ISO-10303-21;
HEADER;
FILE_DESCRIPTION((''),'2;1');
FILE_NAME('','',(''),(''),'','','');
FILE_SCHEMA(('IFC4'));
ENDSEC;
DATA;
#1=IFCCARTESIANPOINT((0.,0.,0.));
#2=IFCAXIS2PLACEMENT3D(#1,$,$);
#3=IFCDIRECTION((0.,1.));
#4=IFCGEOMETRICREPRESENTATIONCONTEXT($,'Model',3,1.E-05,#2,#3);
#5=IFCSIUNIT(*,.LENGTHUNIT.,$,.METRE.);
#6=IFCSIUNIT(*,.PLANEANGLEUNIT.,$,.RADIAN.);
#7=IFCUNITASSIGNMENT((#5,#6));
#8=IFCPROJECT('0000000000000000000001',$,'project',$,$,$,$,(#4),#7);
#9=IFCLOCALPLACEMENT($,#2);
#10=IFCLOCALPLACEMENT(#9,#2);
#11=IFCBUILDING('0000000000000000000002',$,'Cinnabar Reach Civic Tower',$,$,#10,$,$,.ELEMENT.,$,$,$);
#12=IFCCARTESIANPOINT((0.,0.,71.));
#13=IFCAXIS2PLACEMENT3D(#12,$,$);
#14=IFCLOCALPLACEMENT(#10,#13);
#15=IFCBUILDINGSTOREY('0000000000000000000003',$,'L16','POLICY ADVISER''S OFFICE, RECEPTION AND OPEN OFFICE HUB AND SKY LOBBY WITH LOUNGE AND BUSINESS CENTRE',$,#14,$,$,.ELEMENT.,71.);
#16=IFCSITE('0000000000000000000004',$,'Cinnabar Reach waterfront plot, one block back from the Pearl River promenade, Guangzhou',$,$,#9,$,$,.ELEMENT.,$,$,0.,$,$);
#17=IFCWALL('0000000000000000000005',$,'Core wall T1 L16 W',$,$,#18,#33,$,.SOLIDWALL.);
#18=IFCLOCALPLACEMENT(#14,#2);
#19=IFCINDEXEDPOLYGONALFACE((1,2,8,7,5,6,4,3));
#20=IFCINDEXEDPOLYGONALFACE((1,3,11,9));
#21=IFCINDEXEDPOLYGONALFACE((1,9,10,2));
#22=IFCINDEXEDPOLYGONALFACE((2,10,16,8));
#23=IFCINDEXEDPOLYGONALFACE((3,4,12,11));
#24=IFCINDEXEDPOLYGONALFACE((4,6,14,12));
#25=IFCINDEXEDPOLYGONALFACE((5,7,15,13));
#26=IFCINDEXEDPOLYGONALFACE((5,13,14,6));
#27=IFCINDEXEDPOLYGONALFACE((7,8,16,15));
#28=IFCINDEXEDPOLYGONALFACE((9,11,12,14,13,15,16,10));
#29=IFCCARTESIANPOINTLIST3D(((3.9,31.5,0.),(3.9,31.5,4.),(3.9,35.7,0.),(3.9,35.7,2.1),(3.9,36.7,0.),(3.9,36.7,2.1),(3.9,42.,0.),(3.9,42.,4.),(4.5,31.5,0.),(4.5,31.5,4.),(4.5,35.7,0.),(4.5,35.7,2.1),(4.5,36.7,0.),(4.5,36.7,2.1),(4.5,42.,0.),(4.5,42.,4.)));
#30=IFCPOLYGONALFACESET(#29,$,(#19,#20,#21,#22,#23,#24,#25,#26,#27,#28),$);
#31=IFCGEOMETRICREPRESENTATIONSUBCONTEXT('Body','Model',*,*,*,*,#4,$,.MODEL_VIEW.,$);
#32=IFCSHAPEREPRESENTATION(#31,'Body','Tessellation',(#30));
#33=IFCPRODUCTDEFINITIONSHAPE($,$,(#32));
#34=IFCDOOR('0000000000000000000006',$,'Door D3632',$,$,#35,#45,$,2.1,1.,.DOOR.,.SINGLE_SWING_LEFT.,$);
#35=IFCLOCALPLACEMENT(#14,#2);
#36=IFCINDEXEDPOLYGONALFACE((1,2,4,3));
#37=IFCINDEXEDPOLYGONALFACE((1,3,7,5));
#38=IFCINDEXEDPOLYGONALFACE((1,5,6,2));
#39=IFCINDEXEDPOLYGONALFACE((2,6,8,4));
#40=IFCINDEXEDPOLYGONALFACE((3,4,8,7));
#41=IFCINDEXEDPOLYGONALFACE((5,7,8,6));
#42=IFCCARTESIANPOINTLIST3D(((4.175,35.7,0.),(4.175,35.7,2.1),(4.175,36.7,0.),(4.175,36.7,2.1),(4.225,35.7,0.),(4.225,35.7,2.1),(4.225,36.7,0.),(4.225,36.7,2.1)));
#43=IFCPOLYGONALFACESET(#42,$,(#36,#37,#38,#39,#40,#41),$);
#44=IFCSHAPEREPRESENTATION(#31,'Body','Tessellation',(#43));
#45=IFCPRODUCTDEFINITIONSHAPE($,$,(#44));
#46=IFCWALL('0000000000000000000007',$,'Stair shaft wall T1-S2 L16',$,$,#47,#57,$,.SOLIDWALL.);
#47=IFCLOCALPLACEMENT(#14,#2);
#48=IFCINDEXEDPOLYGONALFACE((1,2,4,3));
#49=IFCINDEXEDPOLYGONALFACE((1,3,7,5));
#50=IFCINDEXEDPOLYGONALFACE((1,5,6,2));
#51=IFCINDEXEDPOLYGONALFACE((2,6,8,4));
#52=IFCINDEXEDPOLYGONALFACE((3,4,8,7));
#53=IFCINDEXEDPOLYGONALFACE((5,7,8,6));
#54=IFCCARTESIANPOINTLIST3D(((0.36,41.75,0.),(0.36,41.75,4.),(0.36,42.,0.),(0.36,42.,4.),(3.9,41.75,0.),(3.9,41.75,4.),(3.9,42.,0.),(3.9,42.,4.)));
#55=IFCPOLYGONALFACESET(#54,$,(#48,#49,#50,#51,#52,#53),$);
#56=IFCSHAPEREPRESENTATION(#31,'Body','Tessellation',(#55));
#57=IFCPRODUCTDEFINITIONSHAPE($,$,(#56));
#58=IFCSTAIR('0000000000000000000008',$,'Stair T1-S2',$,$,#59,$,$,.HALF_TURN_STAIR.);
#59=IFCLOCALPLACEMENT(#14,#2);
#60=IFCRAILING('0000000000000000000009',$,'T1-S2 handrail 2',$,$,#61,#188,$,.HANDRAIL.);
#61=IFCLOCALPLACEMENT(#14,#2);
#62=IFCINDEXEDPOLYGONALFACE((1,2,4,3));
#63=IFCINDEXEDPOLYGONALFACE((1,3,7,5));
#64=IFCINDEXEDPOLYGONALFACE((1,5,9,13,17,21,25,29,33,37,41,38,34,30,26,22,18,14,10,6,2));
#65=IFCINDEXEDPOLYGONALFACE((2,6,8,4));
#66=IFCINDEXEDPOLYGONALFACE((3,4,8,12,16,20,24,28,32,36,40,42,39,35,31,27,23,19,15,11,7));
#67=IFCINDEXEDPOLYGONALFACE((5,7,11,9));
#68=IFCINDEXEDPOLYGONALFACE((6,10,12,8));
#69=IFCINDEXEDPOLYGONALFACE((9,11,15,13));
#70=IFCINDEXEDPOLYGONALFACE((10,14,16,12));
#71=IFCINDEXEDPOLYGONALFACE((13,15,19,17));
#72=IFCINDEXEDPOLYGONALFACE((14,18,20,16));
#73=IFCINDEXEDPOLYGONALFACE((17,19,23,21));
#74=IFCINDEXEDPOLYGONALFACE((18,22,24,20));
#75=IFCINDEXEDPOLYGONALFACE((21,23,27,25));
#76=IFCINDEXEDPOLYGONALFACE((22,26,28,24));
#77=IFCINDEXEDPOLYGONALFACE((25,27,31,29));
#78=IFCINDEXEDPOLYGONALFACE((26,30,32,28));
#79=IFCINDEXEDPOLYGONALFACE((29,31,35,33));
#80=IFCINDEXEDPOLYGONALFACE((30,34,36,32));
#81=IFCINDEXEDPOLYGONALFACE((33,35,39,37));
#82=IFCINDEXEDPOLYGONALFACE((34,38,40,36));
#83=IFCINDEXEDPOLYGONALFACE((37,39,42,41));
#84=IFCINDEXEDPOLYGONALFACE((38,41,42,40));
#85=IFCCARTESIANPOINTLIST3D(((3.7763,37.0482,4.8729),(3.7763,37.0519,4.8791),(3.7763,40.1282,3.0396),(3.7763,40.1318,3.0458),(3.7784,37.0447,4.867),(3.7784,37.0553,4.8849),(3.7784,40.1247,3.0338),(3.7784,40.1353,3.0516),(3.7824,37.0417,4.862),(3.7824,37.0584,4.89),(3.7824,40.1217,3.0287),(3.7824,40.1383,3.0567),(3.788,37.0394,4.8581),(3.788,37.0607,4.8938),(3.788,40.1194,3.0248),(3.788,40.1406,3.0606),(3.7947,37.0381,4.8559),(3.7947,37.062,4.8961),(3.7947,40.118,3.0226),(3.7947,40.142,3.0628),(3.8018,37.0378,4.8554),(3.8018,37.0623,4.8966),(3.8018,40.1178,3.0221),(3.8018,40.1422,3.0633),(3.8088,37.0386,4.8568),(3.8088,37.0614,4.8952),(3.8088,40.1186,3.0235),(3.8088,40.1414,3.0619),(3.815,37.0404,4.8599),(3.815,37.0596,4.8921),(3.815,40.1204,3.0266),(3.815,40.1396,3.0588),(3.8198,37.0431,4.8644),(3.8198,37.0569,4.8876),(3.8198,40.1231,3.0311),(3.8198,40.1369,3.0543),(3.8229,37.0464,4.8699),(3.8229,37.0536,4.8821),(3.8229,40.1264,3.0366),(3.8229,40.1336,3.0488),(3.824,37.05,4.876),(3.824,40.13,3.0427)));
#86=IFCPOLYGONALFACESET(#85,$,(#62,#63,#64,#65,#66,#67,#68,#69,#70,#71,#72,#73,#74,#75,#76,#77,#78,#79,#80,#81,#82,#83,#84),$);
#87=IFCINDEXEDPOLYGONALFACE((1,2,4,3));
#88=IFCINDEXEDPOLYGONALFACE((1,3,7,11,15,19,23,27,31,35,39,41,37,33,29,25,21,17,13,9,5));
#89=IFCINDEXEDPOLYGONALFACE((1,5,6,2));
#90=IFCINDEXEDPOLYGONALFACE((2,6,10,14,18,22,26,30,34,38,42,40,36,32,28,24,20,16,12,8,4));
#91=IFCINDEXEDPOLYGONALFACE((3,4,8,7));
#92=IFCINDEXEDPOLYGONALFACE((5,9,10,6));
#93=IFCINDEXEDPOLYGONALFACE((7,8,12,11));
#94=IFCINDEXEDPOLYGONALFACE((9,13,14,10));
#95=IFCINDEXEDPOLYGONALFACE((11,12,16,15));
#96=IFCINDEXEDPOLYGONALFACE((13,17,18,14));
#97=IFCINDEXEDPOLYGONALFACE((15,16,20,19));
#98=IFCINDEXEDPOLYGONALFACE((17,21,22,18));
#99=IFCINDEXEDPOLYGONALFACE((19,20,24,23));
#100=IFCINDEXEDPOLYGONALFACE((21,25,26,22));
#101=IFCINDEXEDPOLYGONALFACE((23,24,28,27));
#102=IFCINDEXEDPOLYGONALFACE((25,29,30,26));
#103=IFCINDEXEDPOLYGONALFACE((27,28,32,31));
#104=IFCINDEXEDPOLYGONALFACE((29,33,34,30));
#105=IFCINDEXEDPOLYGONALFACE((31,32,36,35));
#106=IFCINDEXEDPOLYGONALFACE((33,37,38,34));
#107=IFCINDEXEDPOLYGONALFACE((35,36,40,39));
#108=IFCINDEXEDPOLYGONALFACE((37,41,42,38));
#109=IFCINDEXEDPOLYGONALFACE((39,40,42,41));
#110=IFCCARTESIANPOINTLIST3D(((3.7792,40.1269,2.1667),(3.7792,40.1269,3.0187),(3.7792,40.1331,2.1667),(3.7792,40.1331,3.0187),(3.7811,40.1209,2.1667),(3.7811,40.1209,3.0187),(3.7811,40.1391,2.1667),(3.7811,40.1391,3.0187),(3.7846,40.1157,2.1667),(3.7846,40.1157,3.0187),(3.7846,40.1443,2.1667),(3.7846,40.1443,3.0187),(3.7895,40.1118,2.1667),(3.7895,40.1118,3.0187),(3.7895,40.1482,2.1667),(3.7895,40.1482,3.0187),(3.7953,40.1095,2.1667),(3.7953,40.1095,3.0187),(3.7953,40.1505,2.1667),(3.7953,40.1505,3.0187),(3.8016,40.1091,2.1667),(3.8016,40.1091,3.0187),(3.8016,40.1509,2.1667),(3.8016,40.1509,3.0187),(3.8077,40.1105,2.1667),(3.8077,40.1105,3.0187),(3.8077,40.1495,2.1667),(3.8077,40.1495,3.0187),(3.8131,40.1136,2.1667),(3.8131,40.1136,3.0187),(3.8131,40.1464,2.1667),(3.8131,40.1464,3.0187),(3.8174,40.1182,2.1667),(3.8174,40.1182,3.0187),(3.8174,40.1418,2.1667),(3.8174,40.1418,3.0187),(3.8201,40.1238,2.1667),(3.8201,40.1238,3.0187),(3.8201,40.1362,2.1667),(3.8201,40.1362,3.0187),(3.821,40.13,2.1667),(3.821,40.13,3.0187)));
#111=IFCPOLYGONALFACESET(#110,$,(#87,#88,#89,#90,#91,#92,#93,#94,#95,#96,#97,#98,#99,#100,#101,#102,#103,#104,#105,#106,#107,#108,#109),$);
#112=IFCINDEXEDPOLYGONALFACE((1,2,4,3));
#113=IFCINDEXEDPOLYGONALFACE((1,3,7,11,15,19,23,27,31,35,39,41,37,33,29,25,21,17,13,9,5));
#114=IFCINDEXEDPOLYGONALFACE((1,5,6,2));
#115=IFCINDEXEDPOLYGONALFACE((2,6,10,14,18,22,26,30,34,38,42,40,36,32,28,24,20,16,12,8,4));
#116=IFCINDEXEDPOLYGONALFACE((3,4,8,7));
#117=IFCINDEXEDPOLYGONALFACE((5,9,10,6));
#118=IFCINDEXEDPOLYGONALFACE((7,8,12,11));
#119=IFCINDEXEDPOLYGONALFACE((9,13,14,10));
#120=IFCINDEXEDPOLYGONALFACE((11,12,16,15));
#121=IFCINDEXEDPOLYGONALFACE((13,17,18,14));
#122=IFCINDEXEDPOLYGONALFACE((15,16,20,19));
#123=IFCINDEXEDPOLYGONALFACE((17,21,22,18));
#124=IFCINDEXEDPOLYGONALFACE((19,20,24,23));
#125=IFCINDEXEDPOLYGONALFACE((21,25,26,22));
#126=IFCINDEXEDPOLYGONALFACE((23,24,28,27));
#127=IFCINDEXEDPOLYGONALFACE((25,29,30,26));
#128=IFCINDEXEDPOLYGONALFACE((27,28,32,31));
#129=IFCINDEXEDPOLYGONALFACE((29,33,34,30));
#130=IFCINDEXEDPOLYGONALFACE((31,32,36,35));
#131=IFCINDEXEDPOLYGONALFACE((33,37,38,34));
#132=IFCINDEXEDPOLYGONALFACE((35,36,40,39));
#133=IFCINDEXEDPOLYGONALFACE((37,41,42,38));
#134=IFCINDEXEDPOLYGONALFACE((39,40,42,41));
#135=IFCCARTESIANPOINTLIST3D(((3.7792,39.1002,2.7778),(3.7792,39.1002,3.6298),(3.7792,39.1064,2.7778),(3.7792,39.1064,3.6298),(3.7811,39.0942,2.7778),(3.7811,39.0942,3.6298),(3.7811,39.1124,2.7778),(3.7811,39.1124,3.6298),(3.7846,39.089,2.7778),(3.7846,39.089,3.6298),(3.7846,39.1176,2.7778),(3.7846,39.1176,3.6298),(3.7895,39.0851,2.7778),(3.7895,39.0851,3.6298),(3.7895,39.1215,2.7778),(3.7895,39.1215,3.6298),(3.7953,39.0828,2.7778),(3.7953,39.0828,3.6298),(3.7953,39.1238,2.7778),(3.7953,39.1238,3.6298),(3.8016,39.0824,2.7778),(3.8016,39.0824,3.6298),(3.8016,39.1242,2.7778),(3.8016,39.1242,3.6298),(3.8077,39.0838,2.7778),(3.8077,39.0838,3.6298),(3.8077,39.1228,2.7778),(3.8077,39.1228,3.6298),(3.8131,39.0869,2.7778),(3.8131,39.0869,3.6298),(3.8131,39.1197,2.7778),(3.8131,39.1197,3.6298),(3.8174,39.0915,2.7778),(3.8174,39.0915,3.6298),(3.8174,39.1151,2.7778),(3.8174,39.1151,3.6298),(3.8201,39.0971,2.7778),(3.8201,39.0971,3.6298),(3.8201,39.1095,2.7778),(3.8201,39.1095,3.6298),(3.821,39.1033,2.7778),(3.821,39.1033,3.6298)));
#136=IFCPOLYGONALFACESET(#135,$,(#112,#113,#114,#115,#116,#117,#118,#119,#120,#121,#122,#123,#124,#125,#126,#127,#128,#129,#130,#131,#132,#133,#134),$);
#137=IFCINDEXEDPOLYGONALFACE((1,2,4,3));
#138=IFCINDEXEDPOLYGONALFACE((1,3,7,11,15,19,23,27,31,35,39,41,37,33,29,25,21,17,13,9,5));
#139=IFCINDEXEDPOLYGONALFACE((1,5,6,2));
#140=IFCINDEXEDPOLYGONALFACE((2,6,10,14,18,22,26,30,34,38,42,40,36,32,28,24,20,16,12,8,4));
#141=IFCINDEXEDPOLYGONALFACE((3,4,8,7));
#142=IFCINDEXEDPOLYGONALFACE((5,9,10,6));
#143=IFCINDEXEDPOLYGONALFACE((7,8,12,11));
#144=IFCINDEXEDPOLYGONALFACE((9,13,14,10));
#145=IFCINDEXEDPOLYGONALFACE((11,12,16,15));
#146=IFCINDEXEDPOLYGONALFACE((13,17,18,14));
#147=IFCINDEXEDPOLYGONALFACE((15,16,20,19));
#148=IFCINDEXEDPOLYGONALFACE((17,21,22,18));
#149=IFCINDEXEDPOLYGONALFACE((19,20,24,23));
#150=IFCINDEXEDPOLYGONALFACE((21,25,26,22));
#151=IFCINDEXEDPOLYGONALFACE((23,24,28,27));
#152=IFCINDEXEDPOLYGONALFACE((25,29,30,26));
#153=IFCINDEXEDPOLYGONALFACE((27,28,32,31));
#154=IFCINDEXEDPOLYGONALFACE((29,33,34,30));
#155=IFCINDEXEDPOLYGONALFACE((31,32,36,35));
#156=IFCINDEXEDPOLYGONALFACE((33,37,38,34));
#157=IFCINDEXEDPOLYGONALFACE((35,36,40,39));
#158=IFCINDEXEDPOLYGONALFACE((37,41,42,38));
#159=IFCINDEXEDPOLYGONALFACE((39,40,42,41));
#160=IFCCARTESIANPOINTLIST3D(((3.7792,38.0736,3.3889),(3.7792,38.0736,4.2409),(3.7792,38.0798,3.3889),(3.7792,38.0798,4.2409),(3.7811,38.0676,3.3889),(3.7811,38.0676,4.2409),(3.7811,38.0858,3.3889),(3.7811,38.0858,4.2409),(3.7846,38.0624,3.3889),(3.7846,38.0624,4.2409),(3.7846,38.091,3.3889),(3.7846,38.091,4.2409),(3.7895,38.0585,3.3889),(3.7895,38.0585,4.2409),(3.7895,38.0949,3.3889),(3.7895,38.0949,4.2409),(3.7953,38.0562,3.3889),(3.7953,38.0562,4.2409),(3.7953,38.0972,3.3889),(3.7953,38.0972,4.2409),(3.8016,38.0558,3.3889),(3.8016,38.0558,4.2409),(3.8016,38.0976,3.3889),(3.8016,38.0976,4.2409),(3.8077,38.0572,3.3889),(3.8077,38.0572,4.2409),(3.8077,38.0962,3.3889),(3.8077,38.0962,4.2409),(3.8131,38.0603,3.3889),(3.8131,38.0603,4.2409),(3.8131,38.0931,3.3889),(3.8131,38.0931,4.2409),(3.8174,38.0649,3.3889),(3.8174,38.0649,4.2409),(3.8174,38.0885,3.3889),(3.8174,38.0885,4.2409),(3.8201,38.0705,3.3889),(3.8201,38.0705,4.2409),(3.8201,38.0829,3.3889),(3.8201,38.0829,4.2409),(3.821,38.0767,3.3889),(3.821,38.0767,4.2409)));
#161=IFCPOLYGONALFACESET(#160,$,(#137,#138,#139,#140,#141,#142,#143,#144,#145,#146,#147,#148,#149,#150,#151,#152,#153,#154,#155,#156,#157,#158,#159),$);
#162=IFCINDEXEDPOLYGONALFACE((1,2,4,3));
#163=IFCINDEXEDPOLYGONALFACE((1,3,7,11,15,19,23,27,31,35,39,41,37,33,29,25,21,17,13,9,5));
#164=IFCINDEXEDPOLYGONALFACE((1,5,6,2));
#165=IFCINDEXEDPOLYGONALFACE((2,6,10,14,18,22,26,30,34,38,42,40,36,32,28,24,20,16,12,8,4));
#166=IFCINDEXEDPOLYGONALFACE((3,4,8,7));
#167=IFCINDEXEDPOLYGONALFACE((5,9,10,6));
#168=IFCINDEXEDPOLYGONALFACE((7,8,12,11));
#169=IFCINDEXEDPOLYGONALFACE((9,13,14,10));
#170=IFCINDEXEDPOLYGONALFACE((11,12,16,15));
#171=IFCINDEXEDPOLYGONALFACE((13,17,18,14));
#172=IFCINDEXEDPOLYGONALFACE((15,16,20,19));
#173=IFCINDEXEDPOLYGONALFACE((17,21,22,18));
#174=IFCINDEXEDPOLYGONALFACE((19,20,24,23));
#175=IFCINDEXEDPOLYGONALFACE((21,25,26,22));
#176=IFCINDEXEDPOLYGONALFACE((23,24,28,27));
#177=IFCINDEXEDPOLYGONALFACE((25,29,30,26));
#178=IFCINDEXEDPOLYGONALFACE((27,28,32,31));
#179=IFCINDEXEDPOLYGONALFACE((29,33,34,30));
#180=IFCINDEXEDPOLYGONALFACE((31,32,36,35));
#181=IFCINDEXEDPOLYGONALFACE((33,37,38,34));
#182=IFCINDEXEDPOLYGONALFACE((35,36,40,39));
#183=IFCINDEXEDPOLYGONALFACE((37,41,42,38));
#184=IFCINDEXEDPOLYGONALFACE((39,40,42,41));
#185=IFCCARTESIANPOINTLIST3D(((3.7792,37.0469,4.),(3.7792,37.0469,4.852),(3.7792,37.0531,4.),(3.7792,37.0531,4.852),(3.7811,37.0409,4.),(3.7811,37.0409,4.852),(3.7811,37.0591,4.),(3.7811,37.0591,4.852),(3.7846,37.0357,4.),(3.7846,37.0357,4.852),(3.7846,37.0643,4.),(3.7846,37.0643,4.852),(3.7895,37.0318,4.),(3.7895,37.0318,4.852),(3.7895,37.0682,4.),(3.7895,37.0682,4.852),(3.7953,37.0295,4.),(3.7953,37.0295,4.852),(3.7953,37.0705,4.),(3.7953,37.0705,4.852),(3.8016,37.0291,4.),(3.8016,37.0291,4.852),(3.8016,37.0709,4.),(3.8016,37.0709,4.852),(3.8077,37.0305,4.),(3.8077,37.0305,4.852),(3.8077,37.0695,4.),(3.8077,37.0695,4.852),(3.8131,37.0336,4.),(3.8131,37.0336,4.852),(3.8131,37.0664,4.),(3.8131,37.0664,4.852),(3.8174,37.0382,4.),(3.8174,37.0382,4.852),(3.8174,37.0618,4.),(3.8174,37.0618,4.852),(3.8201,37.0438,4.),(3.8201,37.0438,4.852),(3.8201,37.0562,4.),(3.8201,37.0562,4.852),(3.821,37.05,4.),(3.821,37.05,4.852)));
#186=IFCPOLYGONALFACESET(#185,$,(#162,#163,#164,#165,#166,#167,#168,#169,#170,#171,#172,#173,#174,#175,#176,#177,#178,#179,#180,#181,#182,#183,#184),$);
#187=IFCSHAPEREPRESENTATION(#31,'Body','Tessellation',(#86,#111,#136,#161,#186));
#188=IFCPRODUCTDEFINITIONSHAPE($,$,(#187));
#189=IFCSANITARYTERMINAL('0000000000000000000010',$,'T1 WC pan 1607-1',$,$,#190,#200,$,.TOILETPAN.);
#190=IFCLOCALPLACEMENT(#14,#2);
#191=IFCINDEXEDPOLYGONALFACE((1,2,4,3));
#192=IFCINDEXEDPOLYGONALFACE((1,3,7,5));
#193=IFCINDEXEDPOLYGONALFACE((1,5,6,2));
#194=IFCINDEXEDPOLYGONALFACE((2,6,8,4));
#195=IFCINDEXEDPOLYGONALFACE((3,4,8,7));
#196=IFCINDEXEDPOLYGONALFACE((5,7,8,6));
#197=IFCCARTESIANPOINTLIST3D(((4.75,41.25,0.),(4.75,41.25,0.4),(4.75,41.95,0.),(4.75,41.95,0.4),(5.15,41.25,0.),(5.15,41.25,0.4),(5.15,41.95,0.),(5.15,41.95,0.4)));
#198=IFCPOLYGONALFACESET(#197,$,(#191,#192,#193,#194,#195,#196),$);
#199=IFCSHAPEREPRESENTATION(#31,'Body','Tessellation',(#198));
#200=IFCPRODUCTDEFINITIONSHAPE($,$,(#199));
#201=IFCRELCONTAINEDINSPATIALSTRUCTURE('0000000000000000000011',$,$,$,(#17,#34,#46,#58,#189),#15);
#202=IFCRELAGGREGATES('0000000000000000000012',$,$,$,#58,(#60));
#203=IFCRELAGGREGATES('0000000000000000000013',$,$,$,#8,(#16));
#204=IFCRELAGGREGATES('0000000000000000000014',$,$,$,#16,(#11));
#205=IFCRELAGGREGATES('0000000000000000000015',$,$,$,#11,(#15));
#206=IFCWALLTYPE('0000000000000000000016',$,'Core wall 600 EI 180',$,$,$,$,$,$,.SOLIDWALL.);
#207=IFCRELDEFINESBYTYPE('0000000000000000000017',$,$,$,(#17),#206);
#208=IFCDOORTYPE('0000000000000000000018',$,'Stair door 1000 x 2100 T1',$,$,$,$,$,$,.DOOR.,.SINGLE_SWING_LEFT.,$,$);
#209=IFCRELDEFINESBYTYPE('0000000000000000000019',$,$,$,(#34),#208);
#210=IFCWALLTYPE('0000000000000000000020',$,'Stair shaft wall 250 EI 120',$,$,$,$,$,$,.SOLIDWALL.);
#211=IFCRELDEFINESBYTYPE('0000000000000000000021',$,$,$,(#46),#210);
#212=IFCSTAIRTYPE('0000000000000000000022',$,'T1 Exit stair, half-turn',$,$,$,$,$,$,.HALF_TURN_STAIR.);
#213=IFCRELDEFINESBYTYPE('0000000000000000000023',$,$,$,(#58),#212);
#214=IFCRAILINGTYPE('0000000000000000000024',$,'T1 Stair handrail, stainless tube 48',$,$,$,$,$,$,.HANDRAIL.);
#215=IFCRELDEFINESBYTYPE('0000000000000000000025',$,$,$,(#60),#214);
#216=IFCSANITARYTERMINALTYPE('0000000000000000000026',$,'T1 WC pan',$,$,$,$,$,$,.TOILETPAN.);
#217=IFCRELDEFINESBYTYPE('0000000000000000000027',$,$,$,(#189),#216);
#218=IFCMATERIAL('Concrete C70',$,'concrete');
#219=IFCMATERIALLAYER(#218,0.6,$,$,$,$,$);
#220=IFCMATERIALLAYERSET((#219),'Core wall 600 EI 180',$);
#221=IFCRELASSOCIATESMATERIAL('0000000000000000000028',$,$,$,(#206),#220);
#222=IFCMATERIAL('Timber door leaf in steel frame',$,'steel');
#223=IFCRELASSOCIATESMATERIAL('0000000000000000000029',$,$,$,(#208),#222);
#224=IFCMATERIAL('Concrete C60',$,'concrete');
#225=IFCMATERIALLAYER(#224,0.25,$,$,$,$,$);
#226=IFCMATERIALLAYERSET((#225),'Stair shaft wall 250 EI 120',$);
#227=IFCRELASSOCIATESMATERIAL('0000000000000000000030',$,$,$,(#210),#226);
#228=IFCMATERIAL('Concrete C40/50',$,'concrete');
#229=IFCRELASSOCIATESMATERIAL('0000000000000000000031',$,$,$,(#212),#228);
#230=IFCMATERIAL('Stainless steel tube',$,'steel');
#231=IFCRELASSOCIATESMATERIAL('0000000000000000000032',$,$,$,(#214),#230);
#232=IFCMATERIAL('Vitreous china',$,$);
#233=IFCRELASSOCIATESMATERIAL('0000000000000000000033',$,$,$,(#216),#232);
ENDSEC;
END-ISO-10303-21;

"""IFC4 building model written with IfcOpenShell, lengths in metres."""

from ifc_helpers import new_model, si_unit, direction, frame, frame_2d, origin, origin_2d, place, context, subcontext, project, spatial, rectangle, circle, extrude, material, layer, layer_set, type_object, element, fill, aggregate, save


model = new_model("IFC4")

# Units and contexts
model_context = context("Model", 3, precision=1e-05, world=origin(), true_north=direction((0.0, 1.0)))
body_context = subcontext(model_context, "Body", "Model", "MODEL_VIEW")
ifc_project = project(units=[si_unit("LENGTHUNIT", "METRE"), si_unit("PLANEANGLEUNIT", "RADIAN")], contexts=[model_context])

# Site, building, storey
site_placement = place(None, origin())
site = spatial("IfcSite", under=ifc_project, at=site_placement, Name="Cinnabar Reach waterfront plot, one block back from the Pearl River promenade, Guangzhou", CompositionType="ELEMENT", RefElevation=0.0)
building_placement = place(site_placement, origin())
building = spatial("IfcBuilding", under=site, at=building_placement, Name="Cinnabar Reach Civic Tower", CompositionType="ELEMENT")
storey_placement = place(building_placement, frame((0.0, 0.0, 71.0)))
storey = spatial("IfcBuildingStorey", under=building, at=storey_placement, Name="L16", Description="POLICY ADVISER'S OFFICE, RECEPTION AND OPEN OFFICE HUB AND SKY LOBBY WITH LOUNGE AND BUSINESS CENTRE", CompositionType="ELEMENT", Elevation=71.0)

# Shared definitions
ifc_material_1 = material(Name="Concrete C70", Category="concrete")

# Wall, opening, door
ifc_layer_1 = layer(ifc_material_1, 0.6)
ifc_layer_set_1 = layer_set([ifc_layer_1], Name="Core wall 600 EI 180")
wall_type_1 = type_object("IfcWallType", Name="Core wall 600 EI 180", PredefinedType="SOLIDWALL", material=ifc_layer_set_1)
wall_1_placement = place(storey_placement, frame((4.2, 42.0, 0.0), z_axis=(0.0, 0.0, 1.0), x_axis=(0.0, -1.0, 0.0)))
wall_1 = element("IfcWall", 1, at=wall_1_placement, inside=storey, type_object=wall_type_1, Name="Core wall T1 L16 W", PredefinedType="SOLIDWALL", context=body_context, shape_type="SweptSolid", body=[
    extrude(rectangle(XDim=10.5, YDim=0.6, at=frame_2d((5.25, 0.0))), origin(), (0.0, 0.0, 1.0), 4.0),
])
opening_placement = place(wall_1_placement, frame((5.3, 0.0, 0.0)))
opening = element("IfcOpeningElement", 2, at=opening_placement, cuts=wall_1, PredefinedType="OPENING", context=body_context, shape_type="SweptSolid", body=[
    extrude(rectangle(XDim=1.0, YDim=2.1, at=frame_2d((0.5, 1.05))), frame((0.0, 0.31, 0.0), z_axis=(0.0, -1.0, 0.0), x_axis=(1.0, 0.0, 0.0)), (0.0, 0.0, 1.0), 0.62),
])
ifc_material_2 = material(Name="Timber door leaf in steel frame", Category="steel")
door_type = type_object("IfcDoorType", Name="Stair door 1000 x 2100 T1", OperationType="SINGLE_SWING_LEFT", PredefinedType="DOOR", material=ifc_material_2)
door_placement = place(opening_placement, frame((1.0, 0.0, 0.0), z_axis=(0.0, 0.0, 1.0), x_axis=(-1.0, 0.0, 0.0)))
door = element("IfcDoor", 3, at=door_placement, inside=storey, type_object=door_type, Name="Door D3632", OperationType="SINGLE_SWING_LEFT", OverallHeight=2.1, OverallWidth=1.0, PredefinedType="DOOR", context=body_context, shape_type="SweptSolid", body=[
    extrude(rectangle(XDim=1.0, YDim=2.1, at=frame_2d((0.5, 1.05))), frame((0.0, 0.025, 0.0), z_axis=(0.0, -1.0, 0.0), x_axis=(1.0, 0.0, 0.0)), (0.0, 0.0, 1.0), 0.05),
])
fill(opening, door)

# Wall
ifc_material_3 = material(Name="Concrete C60", Category="concrete")
ifc_layer_2 = layer(ifc_material_3, 0.25)
ifc_layer_set_2 = layer_set([ifc_layer_2], Name="Stair shaft wall 250 EI 120")
wall_type_2 = type_object("IfcWallType", Name="Stair shaft wall 250 EI 120", PredefinedType="SOLIDWALL", material=ifc_layer_set_2)
wall_2_placement = place(storey_placement, frame((3.9, 41.875, 0.0), z_axis=(0.0, 0.0, 1.0), x_axis=(-1.0, 0.0, 0.0)))
element("IfcWall", 4, at=wall_2_placement, inside=storey, type_object=wall_type_2, Name="Stair shaft wall T1-S2 L16", PredefinedType="SOLIDWALL", context=body_context, shape_type="SweptSolid", body=[
    extrude(rectangle(XDim=3.54, YDim=0.25, at=frame_2d((1.77, 0.0))), origin(), (0.0, 0.0, 1.0), 4.0),
])

# Stair, railing
ifc_material_4 = material(Name="Concrete C40/50", Category="concrete")
stair_type = type_object("IfcStairType", Name="T1 Exit stair, half-turn", PredefinedType="HALF_TURN_STAIR", material=ifc_material_4)
stair_placement = place(storey_placement, origin())
stair = element("IfcStair", 5, at=stair_placement, inside=storey, type_object=stair_type, Name="Stair T1-S2", PredefinedType="HALF_TURN_STAIR")
ifc_material_5 = material(Name="Stainless steel tube", Category="steel")
railing_type = type_object("IfcRailingType", Name="T1 Stair handrail, stainless tube 48", PredefinedType="HANDRAIL", material=ifc_material_5)
railing_placement = place(storey_placement, frame((3.8, 40.13, 2.1667)))
railing = element("IfcRailing", 6, at=railing_placement, type_object=railing_type, Name="T1-S2 handrail 2", PredefinedType="HANDRAIL", context=body_context, shape_type="SweptSolid", body=[
    extrude(circle(Radius=0.024, at=origin_2d()), frame((0.0, 0.0, 0.876), z_axis=(0.0, -0.859297, 0.511477), x_axis=(1.0, 0.0, 0.0)), (0.0, 0.0, 1.0), 3.5843),
    extrude(circle(Radius=0.021, at=origin_2d()), origin(), (0.0, 0.0, 1.0), 0.852),
    extrude(circle(Radius=0.021, at=origin_2d()), frame((0.0, -1.0267, 0.6111)), (0.0, 0.0, 1.0), 0.852),
    extrude(circle(Radius=0.021, at=origin_2d()), frame((0.0, -2.0533, 1.2222)), (0.0, 0.0, 1.0), 0.852),
    extrude(circle(Radius=0.021, at=origin_2d()), frame((0.0, -3.08, 1.8333)), (0.0, 0.0, 1.0), 0.852),
])
aggregate(stair, [railing])

# Sanitary terminal
ifc_material_6 = material(Name="Vitreous china")
sanitary_terminal_type_1 = type_object("IfcSanitaryTerminalType", Name="T1 WC pan", PredefinedType="TOILETPAN", material=ifc_material_6)
for number, where, z_axis, x_axis, name in (
    (7, (4.95, 41.6, 0.0), (0.0, 0.0, 1.0), (1.0, 0.0, 0.0), "T1 WC pan 1607-1"),
):
    element("IfcSanitaryTerminal", number, at=place(storey_placement, frame(where, z_axis=z_axis, x_axis=x_axis)), inside=storey, type_object=sanitary_terminal_type_1, Name=name, PredefinedType="TOILETPAN", context=body_context, shape_type="SweptSolid", body=[
        extrude(rectangle(XDim=0.4, YDim=0.7, at=origin_2d()), origin(), (0.0, 0.0, 1.0), 0.4),
    ])

save(model, "model.ifc")
